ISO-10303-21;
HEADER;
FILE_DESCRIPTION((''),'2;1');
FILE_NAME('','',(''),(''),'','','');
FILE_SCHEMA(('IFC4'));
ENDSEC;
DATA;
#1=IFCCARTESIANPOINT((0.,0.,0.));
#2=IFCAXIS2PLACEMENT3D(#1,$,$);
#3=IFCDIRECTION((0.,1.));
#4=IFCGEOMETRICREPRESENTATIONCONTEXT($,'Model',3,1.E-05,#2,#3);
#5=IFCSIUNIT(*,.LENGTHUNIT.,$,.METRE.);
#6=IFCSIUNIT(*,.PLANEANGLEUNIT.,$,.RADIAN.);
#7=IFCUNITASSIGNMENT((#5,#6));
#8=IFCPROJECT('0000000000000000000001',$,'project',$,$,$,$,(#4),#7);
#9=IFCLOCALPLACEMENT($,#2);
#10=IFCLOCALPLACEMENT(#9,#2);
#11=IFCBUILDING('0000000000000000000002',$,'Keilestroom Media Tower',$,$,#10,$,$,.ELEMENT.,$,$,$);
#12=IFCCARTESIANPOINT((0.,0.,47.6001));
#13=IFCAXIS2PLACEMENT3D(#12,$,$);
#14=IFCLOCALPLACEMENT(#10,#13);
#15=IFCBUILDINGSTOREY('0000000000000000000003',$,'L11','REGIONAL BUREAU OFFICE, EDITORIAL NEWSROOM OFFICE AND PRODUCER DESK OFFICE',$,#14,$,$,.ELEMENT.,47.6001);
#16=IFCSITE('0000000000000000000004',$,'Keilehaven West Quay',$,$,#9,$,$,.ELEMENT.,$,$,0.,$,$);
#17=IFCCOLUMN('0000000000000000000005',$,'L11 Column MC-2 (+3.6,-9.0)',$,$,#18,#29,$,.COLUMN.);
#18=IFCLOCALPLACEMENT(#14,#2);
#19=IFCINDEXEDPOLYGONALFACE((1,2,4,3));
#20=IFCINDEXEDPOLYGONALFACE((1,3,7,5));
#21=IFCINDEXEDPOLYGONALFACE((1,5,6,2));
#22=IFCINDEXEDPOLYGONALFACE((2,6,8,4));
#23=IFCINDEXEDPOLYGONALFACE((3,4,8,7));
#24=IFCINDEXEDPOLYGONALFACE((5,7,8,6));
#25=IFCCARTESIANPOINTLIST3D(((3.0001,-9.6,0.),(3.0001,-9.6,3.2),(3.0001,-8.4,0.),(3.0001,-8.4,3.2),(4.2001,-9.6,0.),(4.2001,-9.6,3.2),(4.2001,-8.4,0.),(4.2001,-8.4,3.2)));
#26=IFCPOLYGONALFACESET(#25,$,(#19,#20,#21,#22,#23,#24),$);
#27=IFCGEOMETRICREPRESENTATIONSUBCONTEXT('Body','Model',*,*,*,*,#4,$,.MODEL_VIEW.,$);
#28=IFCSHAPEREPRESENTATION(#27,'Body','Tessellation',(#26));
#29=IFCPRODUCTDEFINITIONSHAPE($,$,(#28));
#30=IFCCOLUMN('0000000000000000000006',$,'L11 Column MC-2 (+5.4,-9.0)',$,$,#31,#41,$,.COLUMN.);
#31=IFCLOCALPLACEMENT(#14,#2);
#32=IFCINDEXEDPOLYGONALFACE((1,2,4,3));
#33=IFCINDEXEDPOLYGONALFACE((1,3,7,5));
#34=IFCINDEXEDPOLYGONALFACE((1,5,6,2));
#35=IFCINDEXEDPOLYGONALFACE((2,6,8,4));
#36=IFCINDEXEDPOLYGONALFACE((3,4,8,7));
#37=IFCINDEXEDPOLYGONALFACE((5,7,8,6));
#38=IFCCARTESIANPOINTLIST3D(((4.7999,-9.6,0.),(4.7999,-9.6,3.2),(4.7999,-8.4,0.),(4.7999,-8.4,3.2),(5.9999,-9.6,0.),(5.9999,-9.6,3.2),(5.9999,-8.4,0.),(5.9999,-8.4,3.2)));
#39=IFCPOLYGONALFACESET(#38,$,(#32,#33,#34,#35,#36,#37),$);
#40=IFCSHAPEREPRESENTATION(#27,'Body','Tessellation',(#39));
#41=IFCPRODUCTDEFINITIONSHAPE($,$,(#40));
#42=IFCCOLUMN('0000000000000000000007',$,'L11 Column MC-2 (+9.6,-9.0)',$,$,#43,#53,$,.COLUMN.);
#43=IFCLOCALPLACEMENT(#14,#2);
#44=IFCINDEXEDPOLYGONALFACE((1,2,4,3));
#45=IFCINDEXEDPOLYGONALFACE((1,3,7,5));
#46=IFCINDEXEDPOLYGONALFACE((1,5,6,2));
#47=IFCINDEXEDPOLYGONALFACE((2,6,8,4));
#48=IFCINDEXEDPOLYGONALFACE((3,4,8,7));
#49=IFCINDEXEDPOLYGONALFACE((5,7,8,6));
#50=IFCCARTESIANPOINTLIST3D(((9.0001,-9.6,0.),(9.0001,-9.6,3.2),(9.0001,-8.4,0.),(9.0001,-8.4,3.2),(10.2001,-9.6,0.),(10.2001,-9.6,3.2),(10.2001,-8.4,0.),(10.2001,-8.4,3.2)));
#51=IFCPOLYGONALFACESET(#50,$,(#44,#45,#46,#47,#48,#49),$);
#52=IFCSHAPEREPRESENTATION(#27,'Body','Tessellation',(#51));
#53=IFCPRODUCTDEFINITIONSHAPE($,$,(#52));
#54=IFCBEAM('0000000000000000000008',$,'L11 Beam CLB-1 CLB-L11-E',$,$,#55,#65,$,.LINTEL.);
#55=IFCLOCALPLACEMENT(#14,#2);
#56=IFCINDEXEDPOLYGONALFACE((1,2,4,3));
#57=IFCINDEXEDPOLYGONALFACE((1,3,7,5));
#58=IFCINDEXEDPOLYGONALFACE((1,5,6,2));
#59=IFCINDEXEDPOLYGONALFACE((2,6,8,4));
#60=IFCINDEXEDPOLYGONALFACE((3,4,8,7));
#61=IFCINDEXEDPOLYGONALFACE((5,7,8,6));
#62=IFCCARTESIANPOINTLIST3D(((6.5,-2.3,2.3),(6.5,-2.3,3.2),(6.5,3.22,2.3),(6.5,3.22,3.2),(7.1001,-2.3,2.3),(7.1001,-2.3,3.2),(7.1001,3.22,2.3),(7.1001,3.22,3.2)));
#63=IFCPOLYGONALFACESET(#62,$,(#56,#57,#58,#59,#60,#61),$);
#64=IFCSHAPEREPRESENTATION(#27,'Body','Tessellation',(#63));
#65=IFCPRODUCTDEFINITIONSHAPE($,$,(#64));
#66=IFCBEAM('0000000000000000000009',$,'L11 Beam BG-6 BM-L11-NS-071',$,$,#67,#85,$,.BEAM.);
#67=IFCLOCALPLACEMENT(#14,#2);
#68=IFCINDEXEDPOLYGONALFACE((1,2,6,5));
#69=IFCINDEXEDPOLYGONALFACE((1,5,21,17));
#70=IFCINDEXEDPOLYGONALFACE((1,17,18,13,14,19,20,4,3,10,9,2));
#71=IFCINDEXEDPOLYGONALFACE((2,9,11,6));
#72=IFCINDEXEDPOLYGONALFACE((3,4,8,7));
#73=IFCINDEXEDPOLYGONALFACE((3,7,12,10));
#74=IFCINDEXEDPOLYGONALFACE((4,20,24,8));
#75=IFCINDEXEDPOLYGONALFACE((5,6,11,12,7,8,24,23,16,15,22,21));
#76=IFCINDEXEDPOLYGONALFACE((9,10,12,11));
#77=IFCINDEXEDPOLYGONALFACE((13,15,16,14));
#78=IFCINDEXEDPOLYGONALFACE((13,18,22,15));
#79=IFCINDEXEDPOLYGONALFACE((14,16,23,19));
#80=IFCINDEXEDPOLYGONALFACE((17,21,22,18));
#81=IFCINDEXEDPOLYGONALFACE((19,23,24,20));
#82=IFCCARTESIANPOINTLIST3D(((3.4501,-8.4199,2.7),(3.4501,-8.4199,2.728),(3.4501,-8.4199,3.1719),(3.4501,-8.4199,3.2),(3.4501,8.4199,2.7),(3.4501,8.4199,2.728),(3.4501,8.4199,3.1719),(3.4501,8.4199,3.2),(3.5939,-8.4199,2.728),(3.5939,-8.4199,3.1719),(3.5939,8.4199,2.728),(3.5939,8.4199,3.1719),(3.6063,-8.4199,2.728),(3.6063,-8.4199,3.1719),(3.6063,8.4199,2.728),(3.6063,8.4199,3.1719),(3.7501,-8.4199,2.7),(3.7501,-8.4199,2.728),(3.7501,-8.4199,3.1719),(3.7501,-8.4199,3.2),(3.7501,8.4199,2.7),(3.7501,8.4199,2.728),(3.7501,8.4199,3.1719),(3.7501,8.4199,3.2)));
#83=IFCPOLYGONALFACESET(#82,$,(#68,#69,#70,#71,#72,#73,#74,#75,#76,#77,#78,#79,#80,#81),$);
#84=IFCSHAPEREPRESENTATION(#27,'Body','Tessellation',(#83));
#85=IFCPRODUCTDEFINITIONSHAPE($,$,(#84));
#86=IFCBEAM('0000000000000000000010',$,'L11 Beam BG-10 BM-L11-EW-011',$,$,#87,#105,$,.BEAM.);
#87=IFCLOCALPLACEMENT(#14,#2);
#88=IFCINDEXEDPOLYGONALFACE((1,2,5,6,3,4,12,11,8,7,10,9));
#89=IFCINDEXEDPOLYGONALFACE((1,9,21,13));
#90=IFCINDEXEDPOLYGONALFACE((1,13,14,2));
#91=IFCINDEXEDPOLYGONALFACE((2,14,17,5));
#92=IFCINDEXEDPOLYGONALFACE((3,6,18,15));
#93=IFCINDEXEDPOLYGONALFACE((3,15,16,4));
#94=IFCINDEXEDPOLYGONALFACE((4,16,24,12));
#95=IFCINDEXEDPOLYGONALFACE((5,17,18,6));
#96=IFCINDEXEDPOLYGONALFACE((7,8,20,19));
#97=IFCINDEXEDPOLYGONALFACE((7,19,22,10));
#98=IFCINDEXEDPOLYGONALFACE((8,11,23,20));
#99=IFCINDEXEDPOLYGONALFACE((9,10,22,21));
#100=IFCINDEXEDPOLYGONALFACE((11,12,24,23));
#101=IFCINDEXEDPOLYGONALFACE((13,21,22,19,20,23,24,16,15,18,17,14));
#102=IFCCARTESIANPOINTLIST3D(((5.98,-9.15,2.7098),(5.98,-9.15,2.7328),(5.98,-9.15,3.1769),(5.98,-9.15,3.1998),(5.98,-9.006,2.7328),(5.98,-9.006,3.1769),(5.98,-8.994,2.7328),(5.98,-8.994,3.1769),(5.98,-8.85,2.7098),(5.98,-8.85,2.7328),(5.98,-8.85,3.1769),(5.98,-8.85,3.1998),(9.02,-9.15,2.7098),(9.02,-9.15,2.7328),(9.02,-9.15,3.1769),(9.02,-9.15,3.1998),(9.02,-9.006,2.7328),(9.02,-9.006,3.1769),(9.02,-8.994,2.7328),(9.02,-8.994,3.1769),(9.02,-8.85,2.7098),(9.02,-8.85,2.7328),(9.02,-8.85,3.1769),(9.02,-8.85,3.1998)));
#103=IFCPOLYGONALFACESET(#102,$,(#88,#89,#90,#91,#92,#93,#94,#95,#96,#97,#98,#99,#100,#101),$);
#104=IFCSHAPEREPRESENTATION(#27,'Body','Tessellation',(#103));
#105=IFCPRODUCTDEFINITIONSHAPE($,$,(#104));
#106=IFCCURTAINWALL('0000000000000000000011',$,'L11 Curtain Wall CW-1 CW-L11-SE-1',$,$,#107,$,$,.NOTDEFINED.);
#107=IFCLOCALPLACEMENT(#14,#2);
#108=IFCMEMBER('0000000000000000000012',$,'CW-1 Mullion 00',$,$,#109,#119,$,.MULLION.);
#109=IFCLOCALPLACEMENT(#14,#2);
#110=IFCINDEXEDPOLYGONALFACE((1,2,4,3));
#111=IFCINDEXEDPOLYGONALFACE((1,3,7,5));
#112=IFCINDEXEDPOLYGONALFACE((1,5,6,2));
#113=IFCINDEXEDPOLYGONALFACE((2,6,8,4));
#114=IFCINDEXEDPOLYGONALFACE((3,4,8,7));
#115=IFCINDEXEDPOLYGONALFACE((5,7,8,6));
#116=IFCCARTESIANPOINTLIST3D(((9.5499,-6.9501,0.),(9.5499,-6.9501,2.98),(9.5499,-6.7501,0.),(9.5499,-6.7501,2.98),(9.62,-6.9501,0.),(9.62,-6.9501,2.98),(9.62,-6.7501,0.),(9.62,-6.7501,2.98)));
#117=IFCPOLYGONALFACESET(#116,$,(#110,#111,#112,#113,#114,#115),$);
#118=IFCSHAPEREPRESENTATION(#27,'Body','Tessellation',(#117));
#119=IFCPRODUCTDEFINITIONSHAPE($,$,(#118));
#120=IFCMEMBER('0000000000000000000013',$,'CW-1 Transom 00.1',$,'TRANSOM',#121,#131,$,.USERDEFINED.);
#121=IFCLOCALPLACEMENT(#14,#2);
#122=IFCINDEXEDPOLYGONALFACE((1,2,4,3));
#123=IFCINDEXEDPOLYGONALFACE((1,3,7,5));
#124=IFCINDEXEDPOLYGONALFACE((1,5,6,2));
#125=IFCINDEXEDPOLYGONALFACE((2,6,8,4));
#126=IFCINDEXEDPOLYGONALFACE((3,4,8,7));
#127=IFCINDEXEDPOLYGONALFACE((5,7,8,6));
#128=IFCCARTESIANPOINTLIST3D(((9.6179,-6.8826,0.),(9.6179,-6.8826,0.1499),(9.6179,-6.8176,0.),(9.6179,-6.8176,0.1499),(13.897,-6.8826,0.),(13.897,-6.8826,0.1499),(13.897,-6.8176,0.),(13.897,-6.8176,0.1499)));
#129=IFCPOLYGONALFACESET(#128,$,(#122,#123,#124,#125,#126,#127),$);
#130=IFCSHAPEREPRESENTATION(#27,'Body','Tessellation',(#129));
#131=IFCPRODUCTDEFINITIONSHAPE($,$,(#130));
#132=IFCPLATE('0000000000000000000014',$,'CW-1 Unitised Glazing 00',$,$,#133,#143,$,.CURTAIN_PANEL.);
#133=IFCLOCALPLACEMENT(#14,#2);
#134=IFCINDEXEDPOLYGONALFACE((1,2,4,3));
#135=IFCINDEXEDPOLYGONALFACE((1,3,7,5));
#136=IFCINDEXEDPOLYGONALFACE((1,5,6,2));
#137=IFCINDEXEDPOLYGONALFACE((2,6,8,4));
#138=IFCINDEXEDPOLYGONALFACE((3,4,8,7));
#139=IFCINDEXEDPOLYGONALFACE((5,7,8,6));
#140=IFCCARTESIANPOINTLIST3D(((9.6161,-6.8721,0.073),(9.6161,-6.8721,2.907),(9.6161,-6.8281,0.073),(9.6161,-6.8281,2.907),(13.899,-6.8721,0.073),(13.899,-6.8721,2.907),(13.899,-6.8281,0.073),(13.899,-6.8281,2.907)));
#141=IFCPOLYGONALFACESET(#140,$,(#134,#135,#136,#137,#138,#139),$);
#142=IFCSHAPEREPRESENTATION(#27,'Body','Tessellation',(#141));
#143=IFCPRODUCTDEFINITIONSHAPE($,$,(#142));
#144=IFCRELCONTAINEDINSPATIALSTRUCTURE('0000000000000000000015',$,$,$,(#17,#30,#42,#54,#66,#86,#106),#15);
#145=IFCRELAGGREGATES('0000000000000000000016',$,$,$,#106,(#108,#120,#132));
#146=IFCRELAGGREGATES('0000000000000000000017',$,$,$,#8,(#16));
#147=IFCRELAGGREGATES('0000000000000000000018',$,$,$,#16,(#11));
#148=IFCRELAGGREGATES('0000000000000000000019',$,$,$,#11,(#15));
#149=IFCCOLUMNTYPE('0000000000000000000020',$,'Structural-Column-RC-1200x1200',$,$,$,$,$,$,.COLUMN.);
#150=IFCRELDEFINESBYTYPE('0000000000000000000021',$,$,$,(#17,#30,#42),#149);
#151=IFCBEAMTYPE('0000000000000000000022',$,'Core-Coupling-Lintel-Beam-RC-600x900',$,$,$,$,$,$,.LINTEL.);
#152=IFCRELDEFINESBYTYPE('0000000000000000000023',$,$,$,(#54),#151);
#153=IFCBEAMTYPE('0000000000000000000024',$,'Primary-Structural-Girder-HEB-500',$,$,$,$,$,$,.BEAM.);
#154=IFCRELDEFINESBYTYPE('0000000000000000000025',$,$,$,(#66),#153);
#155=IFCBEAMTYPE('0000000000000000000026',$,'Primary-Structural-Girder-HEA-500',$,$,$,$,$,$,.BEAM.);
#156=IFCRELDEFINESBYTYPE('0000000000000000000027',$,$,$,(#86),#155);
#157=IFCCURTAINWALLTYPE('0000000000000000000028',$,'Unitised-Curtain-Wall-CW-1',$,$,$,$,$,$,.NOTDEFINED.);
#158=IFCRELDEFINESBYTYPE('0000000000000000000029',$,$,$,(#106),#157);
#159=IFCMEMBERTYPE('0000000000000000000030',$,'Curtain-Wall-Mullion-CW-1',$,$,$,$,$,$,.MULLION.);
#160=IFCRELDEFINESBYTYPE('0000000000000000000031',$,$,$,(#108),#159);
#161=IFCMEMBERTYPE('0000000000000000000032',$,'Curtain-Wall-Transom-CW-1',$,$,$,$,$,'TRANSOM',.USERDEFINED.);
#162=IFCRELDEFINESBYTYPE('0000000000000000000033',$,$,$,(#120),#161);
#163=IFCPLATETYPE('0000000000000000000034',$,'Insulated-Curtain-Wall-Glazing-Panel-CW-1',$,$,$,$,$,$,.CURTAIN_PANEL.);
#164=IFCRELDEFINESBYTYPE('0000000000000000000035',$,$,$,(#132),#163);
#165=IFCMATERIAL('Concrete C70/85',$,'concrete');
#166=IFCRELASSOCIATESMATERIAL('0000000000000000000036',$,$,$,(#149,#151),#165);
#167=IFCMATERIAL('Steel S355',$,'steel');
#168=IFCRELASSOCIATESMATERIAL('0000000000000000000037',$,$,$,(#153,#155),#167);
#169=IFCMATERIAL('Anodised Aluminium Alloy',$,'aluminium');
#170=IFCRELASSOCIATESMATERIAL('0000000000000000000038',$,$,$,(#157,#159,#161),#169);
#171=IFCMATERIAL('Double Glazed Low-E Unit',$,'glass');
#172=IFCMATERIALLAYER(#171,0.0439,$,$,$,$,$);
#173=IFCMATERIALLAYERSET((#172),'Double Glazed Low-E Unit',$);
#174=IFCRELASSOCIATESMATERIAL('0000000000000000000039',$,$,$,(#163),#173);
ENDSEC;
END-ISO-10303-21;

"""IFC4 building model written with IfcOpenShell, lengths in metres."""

from ifc_helpers import new_model, si_unit, direction, frame, origin, origin_2d, place, context, subcontext, project, spatial, rectangle, i_section, extrude, source, transform, mapped, material, layer, layer_set, material_profile, profile_set, type_object, element, aggregate, save


model = new_model("IFC4")

# Units and contexts
model_context = context("Model", 3, precision=1e-05, world=origin(), true_north=direction((0.0, 1.0)))
body_context = subcontext(model_context, "Body", "Model", "MODEL_VIEW")
ifc_project = project(units=[si_unit("LENGTHUNIT", "METRE"), si_unit("PLANEANGLEUNIT", "RADIAN")], contexts=[model_context])

# Site, building, storey
site_placement = place(None, origin())
site = spatial("IfcSite", under=ifc_project, at=site_placement, Name="Keilehaven West Quay", CompositionType="ELEMENT", RefElevation=0.0)
building_placement = place(site_placement, origin())
building = spatial("IfcBuilding", under=site, at=building_placement, Name="Keilestroom Media Tower", CompositionType="ELEMENT")
storey_placement = place(building_placement, frame((0.0, 0.0, 47.6001)))
storey = spatial("IfcBuildingStorey", under=building, at=storey_placement, Name="L11", Description="REGIONAL BUREAU OFFICE, EDITORIAL NEWSROOM OFFICE AND PRODUCER DESK OFFICE", CompositionType="ELEMENT", Elevation=47.6001)

# Columns
ifc_material_1 = material(Name="Concrete C70/85", Category="concrete")
ifc_material_profile_1 = material_profile(ifc_material_1, rectangle(XDim=1.2, YDim=1.2, at=origin_2d()), Name="RC 1200x1200")
ifc_profile_set_1 = profile_set([ifc_material_profile_1], Name="Concrete C70/85")
column_type = type_object("IfcColumnType", Name="Structural-Column-RC-1200x1200", PredefinedType="COLUMN", material=ifc_profile_set_1)
shared_shape_1 = source(origin(), body_context, "Body", "SweptSolid", [
    extrude(rectangle(XDim=1.2, YDim=1.2, at=origin_2d()), origin(), (0.0, 0.0, 1.0), 3.2),
])
for number, where, z_axis, x_axis, name in (
    (1, (3.6001, -9.0, 0.0), (0.0, 0.0, 1.0), (1.0, 0.0, 0.0), "L11 Column MC-2 (+3.6,-9.0)"),
    (2, (5.3999, -9.0, 0.0), (0.0, 0.0, 1.0), (1.0, 0.0, 0.0), "L11 Column MC-2 (+5.4,-9.0)"),
    (3, (9.6001, -9.0, 0.0), (0.0, 0.0, 1.0), (1.0, 0.0, 0.0), "L11 Column MC-2 (+9.6,-9.0)"),
):
    element("IfcColumn", number, at=place(storey_placement, frame(where, z_axis=z_axis, x_axis=x_axis)), inside=storey, type_object=column_type, Name=name, PredefinedType="COLUMN", context=body_context, shape_type="MappedRepresentation", body=[
        mapped(shared_shape_1, transform((0.0, 0.0, 0.0), x_axis=(1.0, 0.0, 0.0), y_axis=(0.0, 1.0, 0.0), z_axis=(0.0, 0.0, 1.0), scale=1.0)),
    ])

# Beams
ifc_material_profile_2 = material_profile(ifc_material_1, rectangle(XDim=0.6001, YDim=0.8999, at=origin_2d()), Name="RC 600x900")
ifc_profile_set_2 = profile_set([ifc_material_profile_2], Name="Concrete C70/85")
beam_type_1 = type_object("IfcBeamType", Name="Core-Coupling-Lintel-Beam-RC-600x900", PredefinedType="LINTEL", material=ifc_profile_set_2)
shared_shape_2 = source(origin(), body_context, "Body", "SweptSolid", [
    extrude(rectangle(XDim=0.6001, YDim=0.8999, at=origin_2d()), origin(), (0.0, 0.0, 1.0), 5.52),
])
beam_1_placement = place(storey_placement, frame((6.8, -2.3, 2.75), z_axis=(0.0, 1.0, 0.0), x_axis=(-1.0, 0.0, 0.0)))
element("IfcBeam", 4, at=beam_1_placement, inside=storey, type_object=beam_type_1, Name="L11 Beam CLB-1 CLB-L11-E", PredefinedType="LINTEL", context=body_context, shape_type="MappedRepresentation", body=[
    mapped(shared_shape_2, transform((0.0, 0.0, 0.0), x_axis=(1.0, 0.0, 0.0), y_axis=(0.0, 1.0, 0.0), z_axis=(0.0, 0.0, 1.0), scale=1.0)),
])
ifc_material_2 = material(Name="Steel S355", Category="steel")
ifc_material_profile_3 = material_profile(ifc_material_2, i_section(OverallWidth=0.3, OverallDepth=0.5, WebThickness=0.0125, FlangeThickness=0.0281, at=origin_2d()), Name="HEB 500")
ifc_profile_set_3 = profile_set([ifc_material_profile_3], Name="Steel S355")
beam_type_2 = type_object("IfcBeamType", Name="Primary-Structural-Girder-HEB-500", PredefinedType="BEAM", material=ifc_profile_set_3)
shared_shape_3 = source(origin(), body_context, "Body", "SweptSolid", [
    extrude(i_section(OverallWidth=0.3, OverallDepth=0.5, WebThickness=0.0125, FlangeThickness=0.0281, at=origin_2d()), origin(), (0.0, 0.0, 1.0), 16.8398),
])
beam_2_placement = place(storey_placement, frame((3.6001, -8.4199, 2.95), z_axis=(0.0, 1.0, 0.0), x_axis=(-1.0, 0.0, 0.0)))
element("IfcBeam", 5, at=beam_2_placement, inside=storey, type_object=beam_type_2, Name="L11 Beam BG-6 BM-L11-NS-071", PredefinedType="BEAM", context=body_context, shape_type="MappedRepresentation", body=[
    mapped(shared_shape_3, transform((0.0, 0.0, 0.0), x_axis=(1.0, 0.0, 0.0), y_axis=(0.0, 1.0, 0.0), z_axis=(0.0, 0.0, 1.0), scale=1.0)),
])
ifc_material_profile_4 = material_profile(ifc_material_2, i_section(OverallWidth=0.3, OverallDepth=0.49, WebThickness=0.012, FlangeThickness=0.0229, at=origin_2d()), Name="HEA 500")
ifc_profile_set_4 = profile_set([ifc_material_profile_4], Name="Steel S355")
beam_type_3 = type_object("IfcBeamType", Name="Primary-Structural-Girder-HEA-500", PredefinedType="BEAM", material=ifc_profile_set_4)
shared_shape_4 = source(origin(), body_context, "Body", "SweptSolid", [
    extrude(i_section(OverallWidth=0.3, OverallDepth=0.49, WebThickness=0.012, FlangeThickness=0.0229, at=origin_2d()), origin(), (0.0, 0.0, 1.0), 3.04),
])
beam_3_placement = place(storey_placement, frame((5.98, -9.0, 2.9548), z_axis=(1.0, 0.0, 0.0), x_axis=(0.0, 1.0, 0.0)))
element("IfcBeam", 6, at=beam_3_placement, inside=storey, type_object=beam_type_3, Name="L11 Beam BG-10 BM-L11-EW-011", PredefinedType="BEAM", context=body_context, shape_type="MappedRepresentation", body=[
    mapped(shared_shape_4, transform((0.0, 0.0, 0.0), x_axis=(1.0, 0.0, 0.0), y_axis=(0.0, 1.0, 0.0), z_axis=(0.0, 0.0, 1.0), scale=1.0)),
])

# Curtain wall, members, plate
ifc_material_3 = material(Name="Anodised Aluminium Alloy", Category="aluminium")
curtain_wall_type = type_object("IfcCurtainWallType", Name="Unitised-Curtain-Wall-CW-1", PredefinedType="NOTDEFINED", material=ifc_material_3)
curtain_wall_placement = place(storey_placement, origin())
curtain_wall = element("IfcCurtainWall", 7, at=curtain_wall_placement, inside=storey, type_object=curtain_wall_type, Name="L11 Curtain Wall CW-1 CW-L11-SE-1", PredefinedType="NOTDEFINED")
ifc_material_profile_5 = material_profile(ifc_material_3, rectangle(XDim=0.0701, YDim=0.2, at=origin_2d()), Name="ALU MULLION 70x200")
ifc_profile_set_5 = profile_set([ifc_material_profile_5], Name="Anodised Aluminium Alloy")
member_type_1 = type_object("IfcMemberType", Name="Curtain-Wall-Mullion-CW-1", PredefinedType="MULLION", material=ifc_profile_set_5)
shared_shape_5 = source(origin(), body_context, "Body", "SweptSolid", [
    extrude(rectangle(XDim=0.0701, YDim=0.2, at=origin_2d()), origin(), (0.0, 0.0, 1.0), 2.98),
])
member_1_placement = place(storey_placement, frame((9.585, -6.8501, 0.0), z_axis=(0.0, 0.0, 1.0), x_axis=(1.0, 0.0, 0.0)))
member_1 = element("IfcMember", 8, at=member_1_placement, type_object=member_type_1, Name="CW-1 Mullion 00", PredefinedType="MULLION", context=body_context, shape_type="MappedRepresentation", body=[
    mapped(shared_shape_5, transform((0.0, 0.0, 0.0), x_axis=(1.0, 0.0, 0.0), y_axis=(0.0, 1.0, 0.0), z_axis=(0.0, 0.0, 1.0), scale=1.0)),
])
ifc_material_profile_6 = material_profile(ifc_material_3, rectangle(XDim=0.0649, YDim=0.1499, at=origin_2d()), Name="ALU TRANSOM 65x150")
ifc_profile_set_6 = profile_set([ifc_material_profile_6], Name="Anodised Aluminium Alloy")
member_type_2 = type_object("IfcMemberType", Name="Curtain-Wall-Transom-CW-1", ElementType="TRANSOM", PredefinedType="USERDEFINED", material=ifc_profile_set_6)
shared_shape_6 = source(origin(), body_context, "Body", "SweptSolid", [
    extrude(rectangle(XDim=0.0649, YDim=0.1499, at=origin_2d()), origin(), (0.0, 0.0, 1.0), 4.2791),
])
member_2_placement = place(storey_placement, frame((9.6179, -6.8501, 0.075), z_axis=(1.0, 0.0, 0.0), x_axis=(0.0, 1.0, 0.0)))
member_2 = element("IfcMember", 9, at=member_2_placement, type_object=member_type_2, Name="CW-1 Transom 00.1", ObjectType="TRANSOM", PredefinedType="USERDEFINED", context=body_context, shape_type="MappedRepresentation", body=[
    mapped(shared_shape_6, transform((0.0, 0.0, 0.0), x_axis=(1.0, 0.0, 0.0), y_axis=(0.0, 1.0, 0.0), z_axis=(0.0, 0.0, 1.0), scale=1.0)),
])
ifc_material_4 = material(Name="Double Glazed Low-E Unit", Category="glass")
ifc_layer_1 = layer(ifc_material_4, 0.0439)
ifc_layer_set_1 = layer_set([ifc_layer_1], Name="Double Glazed Low-E Unit")
plate_type = type_object("IfcPlateType", Name="Insulated-Curtain-Wall-Glazing-Panel-CW-1", PredefinedType="CURTAIN_PANEL", material=ifc_layer_set_1)
shared_shape_7 = source(origin(), body_context, "Body", "SweptSolid", [
    extrude(rectangle(XDim=4.283, YDim=0.0439, at=origin_2d()), origin(), (0.0, 0.0, 1.0), 2.834),
])
plate_placement = place(storey_placement, frame((11.7576, -6.8501, 0.073), z_axis=(0.0, 0.0, 1.0), x_axis=(1.0, 0.0, 0.0)))
plate = element("IfcPlate", 10, at=plate_placement, type_object=plate_type, Name="CW-1 Unitised Glazing 00", PredefinedType="CURTAIN_PANEL", context=body_context, shape_type="MappedRepresentation", body=[
    mapped(shared_shape_7, transform((0.0, 0.0, 0.0), x_axis=(1.0, 0.0, 0.0), y_axis=(0.0, 1.0, 0.0), z_axis=(0.0, 0.0, 1.0), scale=1.0)),
])
aggregate(curtain_wall, [member_1, member_2, plate])

save(model, "model.ifc")
